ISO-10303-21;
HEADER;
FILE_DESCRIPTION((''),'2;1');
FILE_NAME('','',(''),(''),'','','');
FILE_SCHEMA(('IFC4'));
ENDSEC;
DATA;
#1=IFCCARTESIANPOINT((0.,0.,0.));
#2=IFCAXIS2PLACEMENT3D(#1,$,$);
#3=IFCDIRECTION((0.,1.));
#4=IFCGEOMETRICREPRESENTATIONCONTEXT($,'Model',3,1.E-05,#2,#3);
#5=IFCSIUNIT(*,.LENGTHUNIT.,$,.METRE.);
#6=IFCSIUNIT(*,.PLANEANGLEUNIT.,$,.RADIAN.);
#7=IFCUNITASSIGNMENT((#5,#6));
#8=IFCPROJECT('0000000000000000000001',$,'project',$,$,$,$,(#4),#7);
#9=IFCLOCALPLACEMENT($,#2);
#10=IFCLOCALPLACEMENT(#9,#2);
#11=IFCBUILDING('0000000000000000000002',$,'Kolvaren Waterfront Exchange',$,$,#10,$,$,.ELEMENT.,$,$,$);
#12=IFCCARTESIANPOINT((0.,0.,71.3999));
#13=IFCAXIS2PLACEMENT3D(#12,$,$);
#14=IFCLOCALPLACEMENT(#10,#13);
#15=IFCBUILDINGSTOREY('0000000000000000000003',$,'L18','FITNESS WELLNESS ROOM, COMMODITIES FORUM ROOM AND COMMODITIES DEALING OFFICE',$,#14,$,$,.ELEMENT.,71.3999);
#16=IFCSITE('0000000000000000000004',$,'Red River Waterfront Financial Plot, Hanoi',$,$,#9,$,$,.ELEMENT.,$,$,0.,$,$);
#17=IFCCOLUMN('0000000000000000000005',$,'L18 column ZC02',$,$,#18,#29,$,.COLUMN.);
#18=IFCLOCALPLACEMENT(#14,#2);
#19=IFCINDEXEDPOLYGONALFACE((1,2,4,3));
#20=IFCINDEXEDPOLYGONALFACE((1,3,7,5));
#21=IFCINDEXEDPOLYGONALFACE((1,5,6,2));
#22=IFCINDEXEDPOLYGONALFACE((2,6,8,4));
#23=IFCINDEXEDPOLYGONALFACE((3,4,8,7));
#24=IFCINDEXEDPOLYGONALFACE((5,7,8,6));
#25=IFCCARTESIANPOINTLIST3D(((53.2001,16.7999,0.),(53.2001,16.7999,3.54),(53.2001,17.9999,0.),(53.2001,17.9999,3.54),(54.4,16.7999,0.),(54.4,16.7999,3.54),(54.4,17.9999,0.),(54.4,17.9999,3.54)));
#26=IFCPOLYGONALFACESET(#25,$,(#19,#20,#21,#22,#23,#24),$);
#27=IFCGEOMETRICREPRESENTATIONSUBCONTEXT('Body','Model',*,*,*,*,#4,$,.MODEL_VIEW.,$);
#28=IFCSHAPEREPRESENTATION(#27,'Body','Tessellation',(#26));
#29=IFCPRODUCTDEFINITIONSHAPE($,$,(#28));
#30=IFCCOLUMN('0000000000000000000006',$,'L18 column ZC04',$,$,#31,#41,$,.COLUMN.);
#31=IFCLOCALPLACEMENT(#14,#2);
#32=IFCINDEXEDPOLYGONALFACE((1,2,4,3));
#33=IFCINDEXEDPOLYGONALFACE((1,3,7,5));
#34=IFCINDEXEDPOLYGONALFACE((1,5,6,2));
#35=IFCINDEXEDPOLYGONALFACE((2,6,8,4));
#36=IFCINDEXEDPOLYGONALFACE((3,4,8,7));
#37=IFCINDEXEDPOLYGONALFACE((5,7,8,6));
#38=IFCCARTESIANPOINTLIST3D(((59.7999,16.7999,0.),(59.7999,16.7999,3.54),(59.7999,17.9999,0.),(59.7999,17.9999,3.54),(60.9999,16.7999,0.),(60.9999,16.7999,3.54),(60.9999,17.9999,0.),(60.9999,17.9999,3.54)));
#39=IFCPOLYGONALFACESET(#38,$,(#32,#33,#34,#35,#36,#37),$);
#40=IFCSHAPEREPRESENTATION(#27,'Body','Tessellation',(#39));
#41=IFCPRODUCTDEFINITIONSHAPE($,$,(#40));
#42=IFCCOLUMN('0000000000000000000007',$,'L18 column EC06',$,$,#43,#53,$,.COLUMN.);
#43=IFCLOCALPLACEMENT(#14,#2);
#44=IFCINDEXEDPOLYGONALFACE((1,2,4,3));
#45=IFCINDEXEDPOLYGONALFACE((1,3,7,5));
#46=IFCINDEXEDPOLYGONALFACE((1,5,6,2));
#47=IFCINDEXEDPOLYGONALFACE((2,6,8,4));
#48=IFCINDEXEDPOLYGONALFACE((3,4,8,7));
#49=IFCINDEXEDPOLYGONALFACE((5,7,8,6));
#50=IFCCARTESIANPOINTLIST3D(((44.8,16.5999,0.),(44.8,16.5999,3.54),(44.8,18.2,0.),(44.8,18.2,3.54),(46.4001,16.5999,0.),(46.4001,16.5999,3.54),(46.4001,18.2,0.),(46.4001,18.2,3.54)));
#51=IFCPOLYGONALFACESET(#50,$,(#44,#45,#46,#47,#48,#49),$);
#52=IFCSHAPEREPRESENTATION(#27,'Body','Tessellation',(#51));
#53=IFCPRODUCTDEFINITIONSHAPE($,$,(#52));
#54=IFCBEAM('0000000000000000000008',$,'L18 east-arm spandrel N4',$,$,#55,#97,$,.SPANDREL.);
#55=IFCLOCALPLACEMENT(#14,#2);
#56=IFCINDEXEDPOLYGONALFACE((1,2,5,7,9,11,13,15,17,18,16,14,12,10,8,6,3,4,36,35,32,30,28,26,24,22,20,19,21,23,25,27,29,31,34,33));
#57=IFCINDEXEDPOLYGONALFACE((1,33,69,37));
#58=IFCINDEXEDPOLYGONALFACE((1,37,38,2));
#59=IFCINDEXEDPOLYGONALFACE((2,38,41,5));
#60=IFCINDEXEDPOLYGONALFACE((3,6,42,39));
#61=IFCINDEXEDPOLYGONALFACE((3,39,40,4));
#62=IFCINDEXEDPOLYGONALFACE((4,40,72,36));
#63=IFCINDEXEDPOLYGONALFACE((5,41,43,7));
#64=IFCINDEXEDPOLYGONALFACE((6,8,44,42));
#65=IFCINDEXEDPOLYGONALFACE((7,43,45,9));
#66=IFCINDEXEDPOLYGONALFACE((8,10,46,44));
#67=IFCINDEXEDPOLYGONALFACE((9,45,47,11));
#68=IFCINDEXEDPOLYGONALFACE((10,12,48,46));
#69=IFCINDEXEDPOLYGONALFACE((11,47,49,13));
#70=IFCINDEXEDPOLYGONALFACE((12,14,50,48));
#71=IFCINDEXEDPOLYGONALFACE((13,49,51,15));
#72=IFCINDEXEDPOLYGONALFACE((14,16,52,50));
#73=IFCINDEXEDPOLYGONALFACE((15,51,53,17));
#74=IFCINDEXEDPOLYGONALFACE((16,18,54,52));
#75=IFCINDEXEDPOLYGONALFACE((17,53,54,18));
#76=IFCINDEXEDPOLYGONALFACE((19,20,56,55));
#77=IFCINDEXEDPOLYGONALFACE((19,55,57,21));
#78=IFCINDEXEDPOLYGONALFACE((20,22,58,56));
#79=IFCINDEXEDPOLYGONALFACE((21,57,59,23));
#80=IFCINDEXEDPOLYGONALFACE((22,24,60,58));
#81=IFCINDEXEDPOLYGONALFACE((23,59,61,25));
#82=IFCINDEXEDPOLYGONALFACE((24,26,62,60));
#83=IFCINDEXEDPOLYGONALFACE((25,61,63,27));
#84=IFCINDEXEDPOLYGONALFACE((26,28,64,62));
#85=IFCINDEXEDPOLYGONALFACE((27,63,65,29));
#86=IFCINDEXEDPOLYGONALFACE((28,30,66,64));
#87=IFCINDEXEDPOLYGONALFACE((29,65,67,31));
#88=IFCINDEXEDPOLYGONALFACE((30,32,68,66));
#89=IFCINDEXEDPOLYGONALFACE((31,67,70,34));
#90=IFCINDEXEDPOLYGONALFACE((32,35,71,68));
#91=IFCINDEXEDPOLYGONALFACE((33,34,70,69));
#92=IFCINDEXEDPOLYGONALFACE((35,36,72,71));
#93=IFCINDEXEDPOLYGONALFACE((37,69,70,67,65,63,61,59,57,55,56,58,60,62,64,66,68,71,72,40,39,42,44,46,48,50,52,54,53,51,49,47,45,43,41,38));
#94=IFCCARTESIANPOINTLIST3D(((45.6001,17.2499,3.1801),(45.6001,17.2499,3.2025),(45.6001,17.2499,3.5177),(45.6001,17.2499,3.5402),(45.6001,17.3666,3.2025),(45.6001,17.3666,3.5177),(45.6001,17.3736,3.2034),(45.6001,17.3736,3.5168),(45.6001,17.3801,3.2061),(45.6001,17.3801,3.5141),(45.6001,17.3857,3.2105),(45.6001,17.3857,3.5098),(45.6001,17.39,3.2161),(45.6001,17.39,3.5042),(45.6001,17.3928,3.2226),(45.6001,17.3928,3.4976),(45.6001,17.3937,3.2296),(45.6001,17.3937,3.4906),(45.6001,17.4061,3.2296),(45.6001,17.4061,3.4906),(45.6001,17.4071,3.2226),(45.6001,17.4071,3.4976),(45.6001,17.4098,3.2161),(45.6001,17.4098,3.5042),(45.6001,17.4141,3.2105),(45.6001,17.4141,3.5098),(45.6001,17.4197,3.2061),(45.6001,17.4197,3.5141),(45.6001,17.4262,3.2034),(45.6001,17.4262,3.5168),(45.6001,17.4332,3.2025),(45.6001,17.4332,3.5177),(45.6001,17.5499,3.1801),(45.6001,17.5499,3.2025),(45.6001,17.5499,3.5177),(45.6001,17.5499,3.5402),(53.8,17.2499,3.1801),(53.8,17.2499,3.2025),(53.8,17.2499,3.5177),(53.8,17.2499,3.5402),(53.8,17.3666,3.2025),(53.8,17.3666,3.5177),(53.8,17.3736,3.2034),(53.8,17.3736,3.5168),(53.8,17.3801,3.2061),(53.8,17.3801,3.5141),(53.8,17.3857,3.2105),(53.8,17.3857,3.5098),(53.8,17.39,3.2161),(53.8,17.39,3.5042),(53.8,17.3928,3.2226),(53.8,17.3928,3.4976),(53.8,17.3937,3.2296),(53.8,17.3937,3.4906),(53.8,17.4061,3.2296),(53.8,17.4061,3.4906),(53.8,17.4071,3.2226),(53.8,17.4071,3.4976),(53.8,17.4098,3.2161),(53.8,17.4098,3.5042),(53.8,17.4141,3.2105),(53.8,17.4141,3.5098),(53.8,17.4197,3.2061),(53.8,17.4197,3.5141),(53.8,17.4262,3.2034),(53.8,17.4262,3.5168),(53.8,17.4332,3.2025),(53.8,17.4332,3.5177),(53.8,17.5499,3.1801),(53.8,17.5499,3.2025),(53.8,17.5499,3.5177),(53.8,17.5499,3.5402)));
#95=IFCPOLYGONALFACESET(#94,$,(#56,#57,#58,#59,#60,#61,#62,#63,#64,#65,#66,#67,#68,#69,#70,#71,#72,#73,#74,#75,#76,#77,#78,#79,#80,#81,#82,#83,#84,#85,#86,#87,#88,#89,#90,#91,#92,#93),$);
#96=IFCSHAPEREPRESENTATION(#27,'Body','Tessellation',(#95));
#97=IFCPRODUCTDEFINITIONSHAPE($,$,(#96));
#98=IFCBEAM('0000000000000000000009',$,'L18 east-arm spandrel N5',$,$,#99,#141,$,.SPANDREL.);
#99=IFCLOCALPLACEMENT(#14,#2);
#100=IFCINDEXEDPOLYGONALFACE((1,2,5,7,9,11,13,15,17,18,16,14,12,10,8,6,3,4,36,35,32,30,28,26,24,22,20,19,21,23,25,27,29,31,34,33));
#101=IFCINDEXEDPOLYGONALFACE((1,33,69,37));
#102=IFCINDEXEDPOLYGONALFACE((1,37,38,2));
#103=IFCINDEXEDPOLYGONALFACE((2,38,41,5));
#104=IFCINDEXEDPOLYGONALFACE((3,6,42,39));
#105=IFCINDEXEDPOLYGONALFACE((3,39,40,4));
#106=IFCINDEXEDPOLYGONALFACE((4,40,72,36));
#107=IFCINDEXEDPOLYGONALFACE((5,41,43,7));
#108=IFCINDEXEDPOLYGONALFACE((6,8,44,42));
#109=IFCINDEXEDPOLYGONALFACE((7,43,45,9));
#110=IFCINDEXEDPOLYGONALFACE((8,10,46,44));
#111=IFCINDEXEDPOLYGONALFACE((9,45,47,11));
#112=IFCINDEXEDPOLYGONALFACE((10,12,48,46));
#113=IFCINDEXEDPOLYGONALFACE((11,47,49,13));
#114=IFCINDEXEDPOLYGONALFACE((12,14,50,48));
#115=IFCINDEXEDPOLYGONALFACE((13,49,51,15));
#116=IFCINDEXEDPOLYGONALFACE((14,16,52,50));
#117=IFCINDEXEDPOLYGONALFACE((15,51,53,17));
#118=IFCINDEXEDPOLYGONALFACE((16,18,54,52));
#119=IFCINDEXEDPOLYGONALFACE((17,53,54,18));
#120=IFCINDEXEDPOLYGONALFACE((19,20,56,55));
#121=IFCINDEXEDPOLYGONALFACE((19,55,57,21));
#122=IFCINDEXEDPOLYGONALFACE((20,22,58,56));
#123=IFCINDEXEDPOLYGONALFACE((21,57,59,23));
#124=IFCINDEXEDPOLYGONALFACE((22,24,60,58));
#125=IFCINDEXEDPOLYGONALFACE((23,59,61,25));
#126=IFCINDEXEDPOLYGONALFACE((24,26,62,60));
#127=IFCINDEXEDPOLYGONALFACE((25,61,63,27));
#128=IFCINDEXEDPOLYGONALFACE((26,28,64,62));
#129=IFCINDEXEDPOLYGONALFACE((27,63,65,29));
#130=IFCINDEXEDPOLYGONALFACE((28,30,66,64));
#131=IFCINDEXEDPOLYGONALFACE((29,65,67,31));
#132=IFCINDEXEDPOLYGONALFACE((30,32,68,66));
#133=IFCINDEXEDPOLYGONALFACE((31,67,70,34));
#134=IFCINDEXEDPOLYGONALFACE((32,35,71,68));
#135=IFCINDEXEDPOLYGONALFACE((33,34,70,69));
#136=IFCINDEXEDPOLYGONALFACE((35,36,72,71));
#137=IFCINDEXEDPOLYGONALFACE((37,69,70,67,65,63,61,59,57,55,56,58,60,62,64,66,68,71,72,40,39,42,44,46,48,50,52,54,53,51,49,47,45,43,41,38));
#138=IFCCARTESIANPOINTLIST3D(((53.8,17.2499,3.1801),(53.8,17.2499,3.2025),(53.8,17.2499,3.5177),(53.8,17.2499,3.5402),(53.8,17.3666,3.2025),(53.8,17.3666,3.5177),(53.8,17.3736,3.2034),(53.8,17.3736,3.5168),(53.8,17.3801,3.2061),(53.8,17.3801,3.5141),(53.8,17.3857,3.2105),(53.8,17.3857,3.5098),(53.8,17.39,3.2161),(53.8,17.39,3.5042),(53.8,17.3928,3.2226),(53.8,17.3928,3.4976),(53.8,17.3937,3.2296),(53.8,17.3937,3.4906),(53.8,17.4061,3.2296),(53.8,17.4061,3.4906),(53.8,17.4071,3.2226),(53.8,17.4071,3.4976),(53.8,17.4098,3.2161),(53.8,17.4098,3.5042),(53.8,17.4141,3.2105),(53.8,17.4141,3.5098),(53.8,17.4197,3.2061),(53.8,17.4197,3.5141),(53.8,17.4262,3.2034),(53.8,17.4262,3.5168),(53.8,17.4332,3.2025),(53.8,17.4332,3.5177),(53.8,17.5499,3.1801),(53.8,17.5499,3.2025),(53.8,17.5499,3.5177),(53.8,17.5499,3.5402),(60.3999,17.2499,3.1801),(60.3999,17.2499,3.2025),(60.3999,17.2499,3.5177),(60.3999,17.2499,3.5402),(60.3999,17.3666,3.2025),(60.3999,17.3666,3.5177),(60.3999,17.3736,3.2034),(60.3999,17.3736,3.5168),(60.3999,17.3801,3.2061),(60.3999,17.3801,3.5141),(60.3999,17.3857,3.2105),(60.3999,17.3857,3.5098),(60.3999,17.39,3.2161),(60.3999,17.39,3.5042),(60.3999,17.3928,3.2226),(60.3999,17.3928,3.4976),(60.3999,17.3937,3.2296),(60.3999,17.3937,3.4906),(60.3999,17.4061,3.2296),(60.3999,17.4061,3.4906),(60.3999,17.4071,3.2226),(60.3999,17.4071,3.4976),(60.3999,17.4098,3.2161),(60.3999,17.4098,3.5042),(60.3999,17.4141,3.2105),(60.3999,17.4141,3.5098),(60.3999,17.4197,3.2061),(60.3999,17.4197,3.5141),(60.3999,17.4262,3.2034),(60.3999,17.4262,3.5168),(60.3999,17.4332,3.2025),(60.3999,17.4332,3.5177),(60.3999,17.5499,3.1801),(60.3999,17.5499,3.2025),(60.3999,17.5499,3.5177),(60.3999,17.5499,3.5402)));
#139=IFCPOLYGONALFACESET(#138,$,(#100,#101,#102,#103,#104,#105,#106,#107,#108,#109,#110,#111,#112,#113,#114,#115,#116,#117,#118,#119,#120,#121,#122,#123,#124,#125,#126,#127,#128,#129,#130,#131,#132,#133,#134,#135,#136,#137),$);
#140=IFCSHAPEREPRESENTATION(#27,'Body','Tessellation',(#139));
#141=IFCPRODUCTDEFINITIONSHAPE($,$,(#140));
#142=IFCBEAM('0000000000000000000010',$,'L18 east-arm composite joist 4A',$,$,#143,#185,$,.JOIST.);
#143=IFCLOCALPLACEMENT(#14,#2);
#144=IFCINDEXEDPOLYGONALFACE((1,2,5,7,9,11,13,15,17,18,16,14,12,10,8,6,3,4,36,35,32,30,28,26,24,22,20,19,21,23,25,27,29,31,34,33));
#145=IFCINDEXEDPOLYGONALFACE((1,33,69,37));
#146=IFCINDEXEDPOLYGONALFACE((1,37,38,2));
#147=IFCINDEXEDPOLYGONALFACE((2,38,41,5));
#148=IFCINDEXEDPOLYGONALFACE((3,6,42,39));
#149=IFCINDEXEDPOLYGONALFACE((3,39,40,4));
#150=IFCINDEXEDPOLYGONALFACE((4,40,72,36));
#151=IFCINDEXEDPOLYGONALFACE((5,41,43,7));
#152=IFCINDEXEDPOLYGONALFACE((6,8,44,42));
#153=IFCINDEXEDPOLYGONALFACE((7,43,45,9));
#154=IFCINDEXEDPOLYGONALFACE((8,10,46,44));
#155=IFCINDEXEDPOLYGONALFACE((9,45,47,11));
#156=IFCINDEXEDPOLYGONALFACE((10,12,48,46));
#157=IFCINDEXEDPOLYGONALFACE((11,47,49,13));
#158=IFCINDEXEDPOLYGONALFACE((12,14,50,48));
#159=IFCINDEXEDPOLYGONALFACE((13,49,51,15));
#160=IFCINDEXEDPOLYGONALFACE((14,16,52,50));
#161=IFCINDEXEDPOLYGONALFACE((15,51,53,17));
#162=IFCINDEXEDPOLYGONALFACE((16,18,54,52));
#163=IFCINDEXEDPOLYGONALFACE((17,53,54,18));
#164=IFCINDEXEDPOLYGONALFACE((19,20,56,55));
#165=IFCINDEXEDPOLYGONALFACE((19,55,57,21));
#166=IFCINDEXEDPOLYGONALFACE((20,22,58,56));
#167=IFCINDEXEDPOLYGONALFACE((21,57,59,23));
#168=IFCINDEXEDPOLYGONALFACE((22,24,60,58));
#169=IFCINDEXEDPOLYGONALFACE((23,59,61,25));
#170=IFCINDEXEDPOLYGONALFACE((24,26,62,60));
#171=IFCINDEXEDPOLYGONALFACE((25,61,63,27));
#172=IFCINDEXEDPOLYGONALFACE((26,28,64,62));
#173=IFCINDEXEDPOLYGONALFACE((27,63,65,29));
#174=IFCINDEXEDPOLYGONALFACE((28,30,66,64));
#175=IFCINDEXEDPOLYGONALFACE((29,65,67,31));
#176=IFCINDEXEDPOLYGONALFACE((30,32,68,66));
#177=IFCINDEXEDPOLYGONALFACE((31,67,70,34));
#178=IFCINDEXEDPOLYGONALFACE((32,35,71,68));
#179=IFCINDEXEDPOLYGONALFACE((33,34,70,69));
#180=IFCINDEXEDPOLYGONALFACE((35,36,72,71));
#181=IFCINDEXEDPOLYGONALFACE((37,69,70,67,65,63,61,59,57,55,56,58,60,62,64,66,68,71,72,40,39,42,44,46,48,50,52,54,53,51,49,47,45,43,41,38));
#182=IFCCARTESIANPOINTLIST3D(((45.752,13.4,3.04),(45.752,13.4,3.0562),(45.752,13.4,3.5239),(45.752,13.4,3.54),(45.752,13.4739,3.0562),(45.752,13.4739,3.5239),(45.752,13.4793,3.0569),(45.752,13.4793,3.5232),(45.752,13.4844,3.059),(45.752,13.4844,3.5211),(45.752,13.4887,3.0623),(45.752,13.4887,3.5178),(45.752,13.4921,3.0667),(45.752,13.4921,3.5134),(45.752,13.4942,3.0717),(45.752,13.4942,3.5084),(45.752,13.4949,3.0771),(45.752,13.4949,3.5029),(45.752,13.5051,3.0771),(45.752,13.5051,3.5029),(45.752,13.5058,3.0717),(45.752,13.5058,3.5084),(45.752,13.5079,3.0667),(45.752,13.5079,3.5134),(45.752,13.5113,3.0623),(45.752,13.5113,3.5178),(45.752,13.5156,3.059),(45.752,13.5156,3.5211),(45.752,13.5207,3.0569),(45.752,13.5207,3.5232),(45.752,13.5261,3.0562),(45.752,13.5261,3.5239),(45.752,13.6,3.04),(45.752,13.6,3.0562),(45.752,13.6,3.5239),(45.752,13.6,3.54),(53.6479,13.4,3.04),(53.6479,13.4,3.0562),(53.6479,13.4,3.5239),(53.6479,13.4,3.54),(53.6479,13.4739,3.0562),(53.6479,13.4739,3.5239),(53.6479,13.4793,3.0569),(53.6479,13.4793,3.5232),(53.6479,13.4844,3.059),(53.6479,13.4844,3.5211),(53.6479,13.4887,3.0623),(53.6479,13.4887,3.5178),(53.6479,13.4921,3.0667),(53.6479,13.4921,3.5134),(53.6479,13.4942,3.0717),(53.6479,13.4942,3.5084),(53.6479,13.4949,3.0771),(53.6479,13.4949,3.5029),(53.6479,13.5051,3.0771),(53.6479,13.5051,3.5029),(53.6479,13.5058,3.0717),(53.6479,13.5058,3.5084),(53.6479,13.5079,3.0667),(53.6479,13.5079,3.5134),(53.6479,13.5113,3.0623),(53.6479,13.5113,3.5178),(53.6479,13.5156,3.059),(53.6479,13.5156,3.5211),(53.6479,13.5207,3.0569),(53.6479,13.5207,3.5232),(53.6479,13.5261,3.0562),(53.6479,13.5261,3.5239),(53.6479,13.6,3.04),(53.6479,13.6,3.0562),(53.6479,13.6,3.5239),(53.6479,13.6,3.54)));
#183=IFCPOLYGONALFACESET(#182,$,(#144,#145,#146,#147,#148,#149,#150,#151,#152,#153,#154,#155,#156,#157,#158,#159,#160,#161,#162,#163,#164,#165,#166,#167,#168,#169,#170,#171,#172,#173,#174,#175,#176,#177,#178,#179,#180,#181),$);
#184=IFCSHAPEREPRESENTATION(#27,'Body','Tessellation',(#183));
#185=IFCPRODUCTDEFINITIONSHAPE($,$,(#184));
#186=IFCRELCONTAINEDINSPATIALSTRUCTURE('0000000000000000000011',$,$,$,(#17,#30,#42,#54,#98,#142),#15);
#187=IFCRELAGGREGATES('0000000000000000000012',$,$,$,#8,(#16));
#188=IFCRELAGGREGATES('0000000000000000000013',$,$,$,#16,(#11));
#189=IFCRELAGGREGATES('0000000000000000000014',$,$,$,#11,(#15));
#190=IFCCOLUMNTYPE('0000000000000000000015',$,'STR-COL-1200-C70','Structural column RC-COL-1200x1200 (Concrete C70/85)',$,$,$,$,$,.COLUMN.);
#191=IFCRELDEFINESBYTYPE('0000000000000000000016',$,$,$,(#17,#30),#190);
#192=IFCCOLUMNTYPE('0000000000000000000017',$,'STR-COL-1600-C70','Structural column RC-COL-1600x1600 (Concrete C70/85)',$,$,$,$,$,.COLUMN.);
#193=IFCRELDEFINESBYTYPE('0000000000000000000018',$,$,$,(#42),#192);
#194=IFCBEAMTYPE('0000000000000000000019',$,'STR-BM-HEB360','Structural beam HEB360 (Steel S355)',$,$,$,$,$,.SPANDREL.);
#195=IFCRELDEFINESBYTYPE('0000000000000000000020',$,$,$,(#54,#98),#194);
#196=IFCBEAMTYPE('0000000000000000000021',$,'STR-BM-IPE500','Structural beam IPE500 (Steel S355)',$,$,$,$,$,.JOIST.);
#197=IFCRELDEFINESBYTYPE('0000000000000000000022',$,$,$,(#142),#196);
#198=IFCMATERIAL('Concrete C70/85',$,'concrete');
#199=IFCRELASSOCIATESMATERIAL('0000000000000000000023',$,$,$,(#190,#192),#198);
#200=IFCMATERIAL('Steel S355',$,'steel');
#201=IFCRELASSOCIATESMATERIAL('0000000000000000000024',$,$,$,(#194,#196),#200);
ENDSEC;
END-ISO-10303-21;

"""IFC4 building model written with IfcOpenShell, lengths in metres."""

from ifc_helpers import new_model, si_unit, direction, frame, origin, origin_2d, place, context, subcontext, project, spatial, rectangle, i_section, extrude, material, material_profile, profile_set, type_object, element, save


model = new_model("IFC4")

# Units and contexts
model_context = context("Model", 3, precision=1e-05, world=origin(), true_north=direction((0.0, 1.0)))
body_context = subcontext(model_context, "Body", "Model", "MODEL_VIEW")
ifc_project = project(units=[si_unit("LENGTHUNIT", "METRE"), si_unit("PLANEANGLEUNIT", "RADIAN")], contexts=[model_context])

# Site, building, storey
site_placement = place(None, origin())
site = spatial("IfcSite", under=ifc_project, at=site_placement, Name="Red River Waterfront Financial Plot, Hanoi", CompositionType="ELEMENT", RefElevation=0.0)
building_placement = place(site_placement, origin())
building = spatial("IfcBuilding", under=site, at=building_placement, Name="Kolvaren Waterfront Exchange", CompositionType="ELEMENT")
storey_placement = place(building_placement, frame((0.0, 0.0, 71.3999)))
storey = spatial("IfcBuildingStorey", under=building, at=storey_placement, Name="L18", Description="FITNESS WELLNESS ROOM, COMMODITIES FORUM ROOM AND COMMODITIES DEALING OFFICE", CompositionType="ELEMENT", Elevation=71.3999)

# Columns
ifc_material_1 = material(Name="Concrete C70/85", Category="concrete")
ifc_material_profile_1 = material_profile(ifc_material_1, rectangle(XDim=1.2, YDim=1.2, at=origin_2d()), Name="RC-COL-1200x1200")
ifc_profile_set_1 = profile_set([ifc_material_profile_1], Name="Concrete C70/85")
column_type_1 = type_object("IfcColumnType", Name="STR-COL-1200-C70", Description="Structural column RC-COL-1200x1200 (Concrete C70/85)", PredefinedType="COLUMN", material=ifc_profile_set_1)
for number, where, z_axis, x_axis, name in (
    (1, (53.8, 17.3999, 0.0), (0.0, 0.0, 1.0), (1.0, 0.0, 0.0), "L18 column ZC02"),
    (2, (60.3999, 17.3999, 0.0), (0.0, 0.0, 1.0), (1.0, 0.0, 0.0), "L18 column ZC04"),
):
    element("IfcColumn", number, at=place(storey_placement, frame(where, z_axis=z_axis, x_axis=x_axis)), inside=storey, type_object=column_type_1, Name=name, PredefinedType="COLUMN", context=body_context, shape_type="SweptSolid", body=[
        extrude(rectangle(XDim=1.2, YDim=1.2, at=origin_2d()), origin(), (0.0, 0.0, 1.0), 3.54),
    ])
ifc_material_profile_2 = material_profile(ifc_material_1, rectangle(XDim=1.6001, YDim=1.6001, at=origin_2d()), Name="RC-COL-1600x1600")
ifc_profile_set_2 = profile_set([ifc_material_profile_2], Name="Concrete C70/85")
column_type_2 = type_object("IfcColumnType", Name="STR-COL-1600-C70", Description="Structural column RC-COL-1600x1600 (Concrete C70/85)", PredefinedType="COLUMN", material=ifc_profile_set_2)
column_placement = place(storey_placement, frame((45.6001, 17.3999, 0.0), z_axis=(0.0, 0.0, 1.0), x_axis=(1.0, 0.0, 0.0)))
element("IfcColumn", 3, at=column_placement, inside=storey, type_object=column_type_2, Name="L18 column EC06", PredefinedType="COLUMN", context=body_context, shape_type="SweptSolid", body=[
    extrude(rectangle(XDim=1.6001, YDim=1.6001, at=origin_2d()), origin(), (0.0, 0.0, 1.0), 3.54),
])

# Beams
ifc_material_2 = material(Name="Steel S355", Category="steel")
ifc_material_profile_3 = material_profile(ifc_material_2, i_section(OverallWidth=0.3, OverallDepth=0.3601, WebThickness=0.0125, FlangeThickness=0.0225, FilletRadius=0.0271, at=origin_2d()), Name="HEB360")
ifc_profile_set_3 = profile_set([ifc_material_profile_3], Name="Steel S355")
beam_type_1 = type_object("IfcBeamType", Name="STR-BM-HEB360", Description="Structural beam HEB360 (Steel S355)", PredefinedType="SPANDREL", material=ifc_profile_set_3)
beam_1_placement = place(storey_placement, frame((45.6001, 17.3999, 3.3601), z_axis=(1.0, 0.0, 0.0), x_axis=(0.0, 1.0, 0.0)))
element("IfcBeam", 4, at=beam_1_placement, inside=storey, type_object=beam_type_1, Name="L18 east-arm spandrel N4", PredefinedType="SPANDREL", context=body_context, shape_type="SweptSolid", body=[
    extrude(i_section(OverallWidth=0.3, OverallDepth=0.3601, WebThickness=0.0125, FlangeThickness=0.0225, FilletRadius=0.0271, at=origin_2d()), origin(), (0.0, 0.0, 1.0), 8.2),
])
beam_2_placement = place(storey_placement, frame((53.8, 17.3999, 3.3601), z_axis=(1.0, 0.0, 0.0), x_axis=(0.0, 1.0, 0.0)))
element("IfcBeam", 5, at=beam_2_placement, inside=storey, type_object=beam_type_1, Name="L18 east-arm spandrel N5", PredefinedType="SPANDREL", context=body_context, shape_type="SweptSolid", body=[
    extrude(i_section(OverallWidth=0.3, OverallDepth=0.3601, WebThickness=0.0125, FlangeThickness=0.0225, FilletRadius=0.0271, at=origin_2d()), origin(), (0.0, 0.0, 1.0), 6.5999),
])
ifc_material_profile_4 = material_profile(ifc_material_2, i_section(OverallWidth=0.2, OverallDepth=0.5, WebThickness=0.0103, FlangeThickness=0.0161, FilletRadius=0.021, at=origin_2d()), Name="IPE500")
ifc_profile_set_4 = profile_set([ifc_material_profile_4], Name="Steel S355")
beam_type_2 = type_object("IfcBeamType", Name="STR-BM-IPE500", Description="Structural beam IPE500 (Steel S355)", PredefinedType="JOIST", material=ifc_profile_set_4)
for number, where, z_axis, x_axis, name in (
    (6, (45.752, 13.5, 3.29), (1.0, 0.0, 0.0), (0.0, 1.0, 0.0), "L18 east-arm composite joist 4A"),
):
    element("IfcBeam", number, at=place(storey_placement, frame(where, z_axis=z_axis, x_axis=x_axis)), inside=storey, type_object=beam_type_2, Name=name, PredefinedType="JOIST", context=body_context, shape_type="SweptSolid", body=[
        extrude(i_section(OverallWidth=0.2, OverallDepth=0.5, WebThickness=0.0103, FlangeThickness=0.0161, FilletRadius=0.021, at=origin_2d()), origin(), (0.0, 0.0, 1.0), 7.896),
    ])

save(model, "model.ifc")
